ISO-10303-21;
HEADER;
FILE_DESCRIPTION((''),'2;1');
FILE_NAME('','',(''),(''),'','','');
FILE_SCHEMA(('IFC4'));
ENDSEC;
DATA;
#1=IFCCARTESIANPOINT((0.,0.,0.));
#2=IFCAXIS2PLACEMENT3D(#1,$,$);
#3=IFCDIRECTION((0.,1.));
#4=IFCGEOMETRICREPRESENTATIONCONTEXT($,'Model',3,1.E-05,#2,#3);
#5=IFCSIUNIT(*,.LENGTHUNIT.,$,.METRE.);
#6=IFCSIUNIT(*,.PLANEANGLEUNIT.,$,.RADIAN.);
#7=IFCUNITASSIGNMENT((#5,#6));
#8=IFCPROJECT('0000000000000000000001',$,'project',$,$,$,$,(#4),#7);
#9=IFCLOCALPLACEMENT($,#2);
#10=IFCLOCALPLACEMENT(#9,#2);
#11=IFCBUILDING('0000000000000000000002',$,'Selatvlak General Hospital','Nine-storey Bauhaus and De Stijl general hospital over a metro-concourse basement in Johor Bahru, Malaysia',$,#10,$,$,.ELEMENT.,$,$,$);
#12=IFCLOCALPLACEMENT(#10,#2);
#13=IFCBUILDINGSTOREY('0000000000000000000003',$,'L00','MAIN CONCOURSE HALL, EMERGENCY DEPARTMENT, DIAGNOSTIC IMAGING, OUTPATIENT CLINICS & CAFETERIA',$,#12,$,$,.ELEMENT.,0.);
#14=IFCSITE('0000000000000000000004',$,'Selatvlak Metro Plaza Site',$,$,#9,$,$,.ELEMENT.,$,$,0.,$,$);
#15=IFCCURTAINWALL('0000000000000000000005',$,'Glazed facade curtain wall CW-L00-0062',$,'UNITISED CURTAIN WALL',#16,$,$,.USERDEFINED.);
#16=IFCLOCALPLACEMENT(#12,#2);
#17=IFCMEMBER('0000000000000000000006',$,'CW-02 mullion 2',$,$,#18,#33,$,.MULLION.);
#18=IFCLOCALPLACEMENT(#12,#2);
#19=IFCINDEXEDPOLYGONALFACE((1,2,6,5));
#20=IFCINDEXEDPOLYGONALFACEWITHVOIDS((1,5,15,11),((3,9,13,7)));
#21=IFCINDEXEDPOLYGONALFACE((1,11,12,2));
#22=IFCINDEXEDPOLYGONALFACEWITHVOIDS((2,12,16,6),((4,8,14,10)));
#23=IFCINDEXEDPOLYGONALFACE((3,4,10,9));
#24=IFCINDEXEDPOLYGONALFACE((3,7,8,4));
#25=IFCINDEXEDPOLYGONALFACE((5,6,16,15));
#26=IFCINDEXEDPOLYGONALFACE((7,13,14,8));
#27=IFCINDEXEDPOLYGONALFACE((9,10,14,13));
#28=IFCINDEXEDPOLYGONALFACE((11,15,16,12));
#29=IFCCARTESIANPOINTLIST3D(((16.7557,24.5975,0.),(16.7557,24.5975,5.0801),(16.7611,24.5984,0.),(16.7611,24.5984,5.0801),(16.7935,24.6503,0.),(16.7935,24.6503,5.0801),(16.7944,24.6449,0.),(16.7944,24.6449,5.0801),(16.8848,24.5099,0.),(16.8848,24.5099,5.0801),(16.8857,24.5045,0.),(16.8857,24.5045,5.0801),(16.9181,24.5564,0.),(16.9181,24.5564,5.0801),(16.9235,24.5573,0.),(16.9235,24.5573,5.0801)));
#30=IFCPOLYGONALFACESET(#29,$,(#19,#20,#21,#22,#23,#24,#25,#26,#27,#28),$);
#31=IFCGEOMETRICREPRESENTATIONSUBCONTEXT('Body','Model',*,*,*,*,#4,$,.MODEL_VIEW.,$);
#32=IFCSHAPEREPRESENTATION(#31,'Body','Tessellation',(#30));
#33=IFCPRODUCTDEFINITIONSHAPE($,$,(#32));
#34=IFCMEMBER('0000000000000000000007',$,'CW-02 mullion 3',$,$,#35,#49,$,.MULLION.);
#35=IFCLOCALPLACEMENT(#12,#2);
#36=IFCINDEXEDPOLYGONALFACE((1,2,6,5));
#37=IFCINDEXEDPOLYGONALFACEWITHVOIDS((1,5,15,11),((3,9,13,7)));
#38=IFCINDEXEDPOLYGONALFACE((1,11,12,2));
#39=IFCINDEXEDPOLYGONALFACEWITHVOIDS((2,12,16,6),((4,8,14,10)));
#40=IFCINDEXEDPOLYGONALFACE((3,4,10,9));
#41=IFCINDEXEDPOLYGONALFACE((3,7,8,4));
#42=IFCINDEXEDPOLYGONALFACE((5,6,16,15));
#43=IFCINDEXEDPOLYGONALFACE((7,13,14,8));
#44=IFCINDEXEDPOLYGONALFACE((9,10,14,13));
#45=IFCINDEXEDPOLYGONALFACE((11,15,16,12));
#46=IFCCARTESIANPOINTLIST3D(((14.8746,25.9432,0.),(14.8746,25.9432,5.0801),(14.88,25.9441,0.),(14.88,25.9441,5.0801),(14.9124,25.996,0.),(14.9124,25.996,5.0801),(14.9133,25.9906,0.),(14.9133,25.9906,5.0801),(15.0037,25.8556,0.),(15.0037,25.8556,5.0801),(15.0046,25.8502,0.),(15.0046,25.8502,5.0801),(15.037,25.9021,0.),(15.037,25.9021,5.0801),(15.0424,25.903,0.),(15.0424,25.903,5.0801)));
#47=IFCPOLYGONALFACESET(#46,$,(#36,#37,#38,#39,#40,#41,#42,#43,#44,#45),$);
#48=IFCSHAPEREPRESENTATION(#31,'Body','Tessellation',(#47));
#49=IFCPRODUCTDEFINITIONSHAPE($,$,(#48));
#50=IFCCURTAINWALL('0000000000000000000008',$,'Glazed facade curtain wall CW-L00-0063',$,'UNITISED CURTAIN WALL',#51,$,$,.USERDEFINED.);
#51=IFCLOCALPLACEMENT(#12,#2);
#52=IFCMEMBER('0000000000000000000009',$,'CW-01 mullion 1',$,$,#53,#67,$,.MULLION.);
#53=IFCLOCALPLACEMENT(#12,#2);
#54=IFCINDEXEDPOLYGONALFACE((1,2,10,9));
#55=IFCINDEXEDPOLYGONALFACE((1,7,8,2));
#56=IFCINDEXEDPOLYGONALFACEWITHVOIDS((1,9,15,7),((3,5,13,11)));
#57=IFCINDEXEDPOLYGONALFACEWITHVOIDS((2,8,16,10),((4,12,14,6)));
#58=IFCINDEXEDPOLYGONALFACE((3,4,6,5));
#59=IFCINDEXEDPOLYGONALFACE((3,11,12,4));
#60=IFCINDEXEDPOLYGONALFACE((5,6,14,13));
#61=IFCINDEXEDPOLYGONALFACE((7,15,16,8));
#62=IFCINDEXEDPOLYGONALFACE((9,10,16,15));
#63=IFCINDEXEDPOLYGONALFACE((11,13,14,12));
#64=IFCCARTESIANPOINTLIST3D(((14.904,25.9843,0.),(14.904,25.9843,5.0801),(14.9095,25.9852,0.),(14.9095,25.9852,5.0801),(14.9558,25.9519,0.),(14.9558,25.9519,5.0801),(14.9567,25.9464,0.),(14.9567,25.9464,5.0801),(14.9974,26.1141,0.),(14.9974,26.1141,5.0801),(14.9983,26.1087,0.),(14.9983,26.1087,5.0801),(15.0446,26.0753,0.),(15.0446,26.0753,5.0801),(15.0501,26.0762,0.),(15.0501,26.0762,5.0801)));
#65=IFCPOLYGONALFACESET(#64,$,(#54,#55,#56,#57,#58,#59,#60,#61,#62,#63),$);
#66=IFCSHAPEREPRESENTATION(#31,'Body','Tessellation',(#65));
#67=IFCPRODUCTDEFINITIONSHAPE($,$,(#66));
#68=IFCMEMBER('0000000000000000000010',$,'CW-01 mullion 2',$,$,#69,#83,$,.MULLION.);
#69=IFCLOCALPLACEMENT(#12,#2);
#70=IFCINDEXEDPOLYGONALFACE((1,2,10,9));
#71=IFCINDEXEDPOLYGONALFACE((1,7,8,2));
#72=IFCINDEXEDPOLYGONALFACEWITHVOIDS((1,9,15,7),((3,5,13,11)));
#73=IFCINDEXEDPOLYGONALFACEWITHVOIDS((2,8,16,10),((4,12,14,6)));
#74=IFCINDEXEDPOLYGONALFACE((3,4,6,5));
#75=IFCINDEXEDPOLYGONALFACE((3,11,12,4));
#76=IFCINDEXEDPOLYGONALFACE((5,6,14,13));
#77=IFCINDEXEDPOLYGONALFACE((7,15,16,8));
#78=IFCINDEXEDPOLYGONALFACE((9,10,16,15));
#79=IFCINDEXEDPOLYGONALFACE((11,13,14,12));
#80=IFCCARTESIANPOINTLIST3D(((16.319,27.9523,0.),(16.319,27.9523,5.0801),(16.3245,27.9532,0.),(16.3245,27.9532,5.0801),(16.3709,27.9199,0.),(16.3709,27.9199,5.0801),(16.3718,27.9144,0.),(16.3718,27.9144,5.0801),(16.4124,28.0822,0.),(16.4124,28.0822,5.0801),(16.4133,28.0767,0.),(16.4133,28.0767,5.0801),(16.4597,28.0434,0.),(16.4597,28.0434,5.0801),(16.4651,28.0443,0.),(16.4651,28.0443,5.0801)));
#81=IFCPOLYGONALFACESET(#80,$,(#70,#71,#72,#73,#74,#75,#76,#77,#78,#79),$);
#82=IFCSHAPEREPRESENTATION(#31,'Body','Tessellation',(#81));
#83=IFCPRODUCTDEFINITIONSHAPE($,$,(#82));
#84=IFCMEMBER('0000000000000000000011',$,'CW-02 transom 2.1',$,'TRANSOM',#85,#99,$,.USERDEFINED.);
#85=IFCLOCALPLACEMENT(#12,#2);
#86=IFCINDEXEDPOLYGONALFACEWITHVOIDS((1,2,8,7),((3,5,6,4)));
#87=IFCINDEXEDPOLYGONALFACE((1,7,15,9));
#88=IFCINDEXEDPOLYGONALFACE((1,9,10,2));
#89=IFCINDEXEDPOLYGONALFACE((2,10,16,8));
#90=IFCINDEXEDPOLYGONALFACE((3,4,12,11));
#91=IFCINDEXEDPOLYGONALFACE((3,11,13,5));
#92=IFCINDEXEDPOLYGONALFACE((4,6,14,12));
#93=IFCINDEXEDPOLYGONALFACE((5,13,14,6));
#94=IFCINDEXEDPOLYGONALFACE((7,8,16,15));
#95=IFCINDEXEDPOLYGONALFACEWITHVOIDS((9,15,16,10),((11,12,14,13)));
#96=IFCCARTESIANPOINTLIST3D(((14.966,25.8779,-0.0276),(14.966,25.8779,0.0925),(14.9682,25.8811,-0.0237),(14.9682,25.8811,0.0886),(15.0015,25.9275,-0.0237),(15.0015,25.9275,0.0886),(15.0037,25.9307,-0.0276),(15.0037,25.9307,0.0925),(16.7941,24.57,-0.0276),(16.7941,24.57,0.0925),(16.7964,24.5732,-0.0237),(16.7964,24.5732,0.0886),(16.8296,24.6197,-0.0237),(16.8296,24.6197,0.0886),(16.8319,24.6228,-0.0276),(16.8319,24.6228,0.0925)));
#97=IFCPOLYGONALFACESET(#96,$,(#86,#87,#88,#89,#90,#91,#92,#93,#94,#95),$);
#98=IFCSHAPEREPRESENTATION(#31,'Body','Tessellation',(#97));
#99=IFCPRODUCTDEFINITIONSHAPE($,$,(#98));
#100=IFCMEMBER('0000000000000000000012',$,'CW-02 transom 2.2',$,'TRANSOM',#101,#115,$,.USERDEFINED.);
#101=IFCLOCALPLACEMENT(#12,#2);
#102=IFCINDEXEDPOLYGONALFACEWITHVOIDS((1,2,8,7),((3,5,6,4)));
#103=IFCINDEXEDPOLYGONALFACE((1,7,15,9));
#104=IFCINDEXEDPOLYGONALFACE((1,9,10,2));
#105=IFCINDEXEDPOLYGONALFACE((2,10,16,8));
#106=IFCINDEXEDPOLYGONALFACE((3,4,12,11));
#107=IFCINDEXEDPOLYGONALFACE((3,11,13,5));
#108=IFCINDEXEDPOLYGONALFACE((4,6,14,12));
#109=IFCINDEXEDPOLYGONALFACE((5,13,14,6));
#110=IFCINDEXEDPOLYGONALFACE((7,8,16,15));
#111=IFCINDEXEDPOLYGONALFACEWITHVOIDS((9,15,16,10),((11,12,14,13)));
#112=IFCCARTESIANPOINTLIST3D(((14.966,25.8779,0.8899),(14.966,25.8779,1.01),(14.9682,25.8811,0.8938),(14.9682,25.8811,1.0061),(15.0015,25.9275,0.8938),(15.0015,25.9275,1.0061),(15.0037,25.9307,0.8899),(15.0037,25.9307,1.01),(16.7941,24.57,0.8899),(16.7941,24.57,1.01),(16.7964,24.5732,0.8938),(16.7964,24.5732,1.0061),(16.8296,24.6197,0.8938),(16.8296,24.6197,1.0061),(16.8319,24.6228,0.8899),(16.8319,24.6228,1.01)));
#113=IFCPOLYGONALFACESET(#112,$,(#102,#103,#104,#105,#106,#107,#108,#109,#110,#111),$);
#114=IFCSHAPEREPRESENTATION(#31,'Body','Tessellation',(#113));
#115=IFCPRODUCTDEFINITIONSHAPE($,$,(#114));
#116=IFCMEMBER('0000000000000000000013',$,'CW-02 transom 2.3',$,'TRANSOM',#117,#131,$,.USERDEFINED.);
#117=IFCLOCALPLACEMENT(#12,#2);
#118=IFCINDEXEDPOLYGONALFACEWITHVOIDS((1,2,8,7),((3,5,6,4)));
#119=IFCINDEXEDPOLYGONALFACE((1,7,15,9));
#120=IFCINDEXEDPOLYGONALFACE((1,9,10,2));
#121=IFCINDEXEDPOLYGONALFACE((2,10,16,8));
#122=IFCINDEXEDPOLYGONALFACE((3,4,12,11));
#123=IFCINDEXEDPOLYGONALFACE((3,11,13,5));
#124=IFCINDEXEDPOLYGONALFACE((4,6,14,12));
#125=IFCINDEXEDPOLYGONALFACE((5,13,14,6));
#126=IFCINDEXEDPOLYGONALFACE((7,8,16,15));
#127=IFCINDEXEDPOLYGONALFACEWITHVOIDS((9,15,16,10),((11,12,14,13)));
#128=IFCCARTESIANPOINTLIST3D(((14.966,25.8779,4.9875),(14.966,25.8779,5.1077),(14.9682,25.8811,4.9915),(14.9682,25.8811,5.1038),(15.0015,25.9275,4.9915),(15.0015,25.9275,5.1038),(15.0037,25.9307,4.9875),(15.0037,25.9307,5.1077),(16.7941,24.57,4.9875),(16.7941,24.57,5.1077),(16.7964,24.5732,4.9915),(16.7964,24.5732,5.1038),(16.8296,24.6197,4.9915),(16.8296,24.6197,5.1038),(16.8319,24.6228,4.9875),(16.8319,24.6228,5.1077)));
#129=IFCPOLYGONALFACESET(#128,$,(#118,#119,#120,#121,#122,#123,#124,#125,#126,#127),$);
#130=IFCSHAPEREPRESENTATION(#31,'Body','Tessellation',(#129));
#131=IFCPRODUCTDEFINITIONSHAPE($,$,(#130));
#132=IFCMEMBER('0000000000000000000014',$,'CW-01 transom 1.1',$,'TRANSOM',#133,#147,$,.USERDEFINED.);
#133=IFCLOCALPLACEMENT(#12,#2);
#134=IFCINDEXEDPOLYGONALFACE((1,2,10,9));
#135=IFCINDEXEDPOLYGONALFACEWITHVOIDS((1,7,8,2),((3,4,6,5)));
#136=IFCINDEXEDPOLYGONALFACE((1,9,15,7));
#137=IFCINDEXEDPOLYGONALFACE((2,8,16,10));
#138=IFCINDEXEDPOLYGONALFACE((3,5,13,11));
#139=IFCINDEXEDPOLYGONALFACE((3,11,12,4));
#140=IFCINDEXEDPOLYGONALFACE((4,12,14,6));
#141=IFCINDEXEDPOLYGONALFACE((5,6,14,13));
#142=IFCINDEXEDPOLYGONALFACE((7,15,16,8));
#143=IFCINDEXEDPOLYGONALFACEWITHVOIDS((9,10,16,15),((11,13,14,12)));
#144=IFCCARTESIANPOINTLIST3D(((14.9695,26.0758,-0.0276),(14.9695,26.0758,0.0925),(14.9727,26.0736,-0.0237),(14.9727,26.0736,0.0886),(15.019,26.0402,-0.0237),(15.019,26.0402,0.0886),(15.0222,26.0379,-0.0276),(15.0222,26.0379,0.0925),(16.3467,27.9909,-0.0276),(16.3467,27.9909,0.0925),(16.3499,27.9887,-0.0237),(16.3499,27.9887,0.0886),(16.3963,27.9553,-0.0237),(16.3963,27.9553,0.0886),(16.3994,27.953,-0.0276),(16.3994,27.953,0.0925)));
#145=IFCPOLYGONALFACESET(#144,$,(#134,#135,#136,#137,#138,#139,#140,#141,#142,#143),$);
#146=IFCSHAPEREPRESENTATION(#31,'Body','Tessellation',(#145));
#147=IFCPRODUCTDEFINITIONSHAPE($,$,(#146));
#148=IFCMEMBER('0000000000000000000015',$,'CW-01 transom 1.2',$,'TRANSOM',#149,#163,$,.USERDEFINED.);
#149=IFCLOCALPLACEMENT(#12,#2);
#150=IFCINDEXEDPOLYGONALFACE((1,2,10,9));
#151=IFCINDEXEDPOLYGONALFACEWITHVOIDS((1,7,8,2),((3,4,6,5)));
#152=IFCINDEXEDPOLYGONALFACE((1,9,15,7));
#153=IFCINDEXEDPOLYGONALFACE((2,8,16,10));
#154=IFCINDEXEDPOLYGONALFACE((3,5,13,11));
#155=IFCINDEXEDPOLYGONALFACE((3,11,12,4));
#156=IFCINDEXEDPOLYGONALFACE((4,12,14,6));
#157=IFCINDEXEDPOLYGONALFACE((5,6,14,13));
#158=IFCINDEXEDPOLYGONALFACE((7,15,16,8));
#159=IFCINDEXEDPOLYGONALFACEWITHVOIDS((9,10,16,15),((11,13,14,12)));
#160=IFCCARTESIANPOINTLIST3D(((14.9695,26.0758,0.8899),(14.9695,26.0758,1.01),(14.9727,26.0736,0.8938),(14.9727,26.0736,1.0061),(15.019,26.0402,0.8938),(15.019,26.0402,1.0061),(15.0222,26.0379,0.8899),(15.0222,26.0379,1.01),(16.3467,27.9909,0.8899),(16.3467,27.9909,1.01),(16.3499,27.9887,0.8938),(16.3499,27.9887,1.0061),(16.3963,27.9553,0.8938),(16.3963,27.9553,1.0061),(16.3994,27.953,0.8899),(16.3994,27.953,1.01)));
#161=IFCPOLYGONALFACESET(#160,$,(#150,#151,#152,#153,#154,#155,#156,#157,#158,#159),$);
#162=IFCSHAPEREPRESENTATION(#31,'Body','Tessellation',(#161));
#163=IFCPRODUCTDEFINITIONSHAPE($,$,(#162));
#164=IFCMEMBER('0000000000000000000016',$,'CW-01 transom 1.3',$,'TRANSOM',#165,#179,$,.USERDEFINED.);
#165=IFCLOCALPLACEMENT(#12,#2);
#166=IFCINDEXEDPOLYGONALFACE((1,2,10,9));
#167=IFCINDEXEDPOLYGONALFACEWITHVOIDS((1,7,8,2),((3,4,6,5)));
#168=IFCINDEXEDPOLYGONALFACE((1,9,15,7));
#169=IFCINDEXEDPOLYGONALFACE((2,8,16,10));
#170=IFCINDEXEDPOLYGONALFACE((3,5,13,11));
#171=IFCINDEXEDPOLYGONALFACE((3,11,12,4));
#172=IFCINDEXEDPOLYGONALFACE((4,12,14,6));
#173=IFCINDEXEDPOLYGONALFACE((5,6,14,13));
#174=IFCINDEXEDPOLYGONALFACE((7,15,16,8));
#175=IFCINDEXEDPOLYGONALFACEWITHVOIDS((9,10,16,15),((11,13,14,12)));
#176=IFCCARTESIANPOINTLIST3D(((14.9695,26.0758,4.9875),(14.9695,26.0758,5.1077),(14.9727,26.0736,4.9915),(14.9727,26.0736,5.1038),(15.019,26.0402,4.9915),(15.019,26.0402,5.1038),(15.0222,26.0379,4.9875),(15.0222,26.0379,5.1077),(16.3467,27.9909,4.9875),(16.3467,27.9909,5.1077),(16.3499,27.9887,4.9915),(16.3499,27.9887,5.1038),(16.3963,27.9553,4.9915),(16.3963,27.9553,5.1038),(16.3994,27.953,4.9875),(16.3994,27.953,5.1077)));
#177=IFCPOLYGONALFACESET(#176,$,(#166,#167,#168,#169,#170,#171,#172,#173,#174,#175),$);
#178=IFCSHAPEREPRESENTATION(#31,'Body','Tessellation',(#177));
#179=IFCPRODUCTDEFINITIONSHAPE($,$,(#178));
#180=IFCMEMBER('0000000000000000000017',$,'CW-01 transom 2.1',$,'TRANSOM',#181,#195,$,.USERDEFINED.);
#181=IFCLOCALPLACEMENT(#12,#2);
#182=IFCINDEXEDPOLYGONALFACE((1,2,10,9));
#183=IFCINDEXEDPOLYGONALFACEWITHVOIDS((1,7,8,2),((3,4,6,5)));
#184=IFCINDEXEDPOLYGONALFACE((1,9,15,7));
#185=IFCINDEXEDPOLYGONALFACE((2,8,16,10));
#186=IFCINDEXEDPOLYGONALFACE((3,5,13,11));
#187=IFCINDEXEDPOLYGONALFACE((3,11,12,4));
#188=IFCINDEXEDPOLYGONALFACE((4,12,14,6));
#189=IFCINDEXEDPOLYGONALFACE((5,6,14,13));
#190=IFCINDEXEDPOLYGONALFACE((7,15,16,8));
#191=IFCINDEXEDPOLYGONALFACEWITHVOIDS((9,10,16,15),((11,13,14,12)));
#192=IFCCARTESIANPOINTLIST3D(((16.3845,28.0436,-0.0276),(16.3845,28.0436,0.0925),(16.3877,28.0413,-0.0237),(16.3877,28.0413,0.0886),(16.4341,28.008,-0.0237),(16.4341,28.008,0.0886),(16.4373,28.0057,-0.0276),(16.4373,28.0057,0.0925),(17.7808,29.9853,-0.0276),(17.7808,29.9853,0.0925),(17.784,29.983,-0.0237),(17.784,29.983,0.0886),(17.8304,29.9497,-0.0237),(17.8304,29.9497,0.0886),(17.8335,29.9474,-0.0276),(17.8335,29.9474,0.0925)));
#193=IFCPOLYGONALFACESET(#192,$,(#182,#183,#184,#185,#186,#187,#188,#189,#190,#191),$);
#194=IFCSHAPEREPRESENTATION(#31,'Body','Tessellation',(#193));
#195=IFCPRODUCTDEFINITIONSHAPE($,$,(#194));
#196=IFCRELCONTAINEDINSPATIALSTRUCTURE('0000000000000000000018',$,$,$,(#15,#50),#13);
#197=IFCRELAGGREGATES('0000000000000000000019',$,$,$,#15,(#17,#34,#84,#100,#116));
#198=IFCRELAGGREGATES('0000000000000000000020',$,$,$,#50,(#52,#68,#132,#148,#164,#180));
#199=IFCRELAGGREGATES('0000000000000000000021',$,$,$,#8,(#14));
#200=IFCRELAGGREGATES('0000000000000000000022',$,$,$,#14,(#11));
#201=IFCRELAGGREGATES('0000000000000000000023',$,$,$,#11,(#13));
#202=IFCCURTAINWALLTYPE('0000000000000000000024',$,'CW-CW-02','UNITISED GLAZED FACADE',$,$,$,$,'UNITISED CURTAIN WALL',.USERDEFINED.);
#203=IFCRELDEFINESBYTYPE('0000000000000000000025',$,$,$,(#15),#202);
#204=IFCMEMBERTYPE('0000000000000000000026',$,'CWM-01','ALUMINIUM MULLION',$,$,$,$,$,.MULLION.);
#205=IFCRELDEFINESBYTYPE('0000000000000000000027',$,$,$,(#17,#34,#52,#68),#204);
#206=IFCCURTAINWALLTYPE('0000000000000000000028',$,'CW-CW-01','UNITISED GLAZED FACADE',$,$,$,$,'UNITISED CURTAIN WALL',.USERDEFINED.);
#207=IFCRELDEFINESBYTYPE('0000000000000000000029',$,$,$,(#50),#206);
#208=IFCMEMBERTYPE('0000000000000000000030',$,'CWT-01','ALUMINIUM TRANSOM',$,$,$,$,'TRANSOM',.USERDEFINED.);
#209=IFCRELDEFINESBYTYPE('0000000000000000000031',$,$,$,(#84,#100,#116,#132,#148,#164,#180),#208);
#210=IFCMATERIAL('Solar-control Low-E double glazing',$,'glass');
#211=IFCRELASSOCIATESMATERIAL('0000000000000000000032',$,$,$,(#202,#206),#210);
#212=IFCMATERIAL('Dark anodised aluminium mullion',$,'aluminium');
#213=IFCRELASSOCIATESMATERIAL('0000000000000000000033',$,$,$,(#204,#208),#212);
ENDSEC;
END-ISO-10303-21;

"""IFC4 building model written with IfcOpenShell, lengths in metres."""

from ifc_helpers import new_model, si_unit, direction, frame, origin, origin_2d, place, context, subcontext, project, spatial, hollow_rectangle, extrude, material, material_profile, profile_set, type_object, element, aggregate, save


model = new_model("IFC4")

# Units and contexts
model_context = context("Model", 3, precision=1e-05, world=origin(), true_north=direction((0.0, 1.0)))
body_context = subcontext(model_context, "Body", "Model", "MODEL_VIEW")
ifc_project = project(units=[si_unit("LENGTHUNIT", "METRE"), si_unit("PLANEANGLEUNIT", "RADIAN")], contexts=[model_context])

# Site, building, storey
site_placement = place(None, origin())
site = spatial("IfcSite", under=ifc_project, at=site_placement, Name="Selatvlak Metro Plaza Site", CompositionType="ELEMENT", RefElevation=0.0)
building_placement = place(site_placement, origin())
building = spatial("IfcBuilding", under=site, at=building_placement, Name="Selatvlak General Hospital", Description="Nine-storey Bauhaus and De Stijl general hospital over a metro-concourse basement in Johor Bahru, Malaysia", CompositionType="ELEMENT")
storey_placement = place(building_placement, origin())
storey = spatial("IfcBuildingStorey", under=building, at=storey_placement, Name="L00", Description="MAIN CONCOURSE HALL, EMERGENCY DEPARTMENT, DIAGNOSTIC IMAGING, OUTPATIENT CLINICS & CAFETERIA", CompositionType="ELEMENT", Elevation=0.0)

# Curtain walls, members
ifc_material_1 = material(Name="Solar-control Low-E double glazing", Category="glass")
curtain_wall_type_1 = type_object("IfcCurtainWallType", Name="CW-CW-02", Description="UNITISED GLAZED FACADE", ElementType="UNITISED CURTAIN WALL", PredefinedType="USERDEFINED", material=ifc_material_1)
curtain_wall_1_placement = place(storey_placement, origin())
curtain_wall_1 = element("IfcCurtainWall", 1, at=curtain_wall_1_placement, inside=storey, type_object=curtain_wall_type_1, Name="Glazed facade curtain wall CW-L00-0062", ObjectType="UNITISED CURTAIN WALL", PredefinedType="USERDEFINED")
ifc_material_2 = material(Name="Dark anodised aluminium mullion", Category="aluminium")
ifc_material_profile_1 = material_profile(ifc_material_2, hollow_rectangle(XDim=0.0649, YDim=0.1599, WallThickness=0.0039, at=origin_2d()), Name="AL-MUL 65x160x4")
ifc_profile_set_1 = profile_set([ifc_material_profile_1], Name="Dark anodised aluminium mullion")
member_type_1 = type_object("IfcMemberType", Name="CWM-01", Description="ALUMINIUM MULLION", PredefinedType="MULLION", material=ifc_profile_set_1)
member_1_placement = place(storey_placement, frame((16.8396, 24.5774, 0.0), z_axis=(0.0, 0.0, 1.0), x_axis=(-0.581803, -0.81333, 0.0)))
member_1 = element("IfcMember", 2, at=member_1_placement, type_object=member_type_1, Name="CW-02 mullion 2", PredefinedType="MULLION", context=body_context, shape_type="SweptSolid", body=[
    extrude(hollow_rectangle(XDim=0.0649, YDim=0.1599, WallThickness=0.0039, at=origin_2d()), origin(), (0.0, 0.0, 1.0), 5.0801),
])
member_2_placement = place(storey_placement, frame((14.9585, 25.9231, 0.0), z_axis=(0.0, 0.0, 1.0), x_axis=(-0.581803, -0.81333, 0.0)))
member_2 = element("IfcMember", 3, at=member_2_placement, type_object=member_type_1, Name="CW-02 mullion 3", PredefinedType="MULLION", context=body_context, shape_type="SweptSolid", body=[
    extrude(hollow_rectangle(XDim=0.0649, YDim=0.1599, WallThickness=0.0039, at=origin_2d()), origin(), (0.0, 0.0, 1.0), 5.0801),
])
curtain_wall_type_2 = type_object("IfcCurtainWallType", Name="CW-CW-01", Description="UNITISED GLAZED FACADE", ElementType="UNITISED CURTAIN WALL", PredefinedType="USERDEFINED", material=ifc_material_1)
curtain_wall_2_placement = place(storey_placement, origin())
curtain_wall_2 = element("IfcCurtainWall", 4, at=curtain_wall_2_placement, inside=storey, type_object=curtain_wall_type_2, Name="Glazed facade curtain wall CW-L00-0063", ObjectType="UNITISED CURTAIN WALL", PredefinedType="USERDEFINED")
member_3_placement = place(storey_placement, frame((14.9771, 26.0303, 0.0), z_axis=(0.0, 0.0, 1.0), x_axis=(-0.811905, 0.58379, 0.0)))
member_3 = element("IfcMember", 5, at=member_3_placement, type_object=member_type_1, Name="CW-01 mullion 1", PredefinedType="MULLION", context=body_context, shape_type="SweptSolid", body=[
    extrude(hollow_rectangle(XDim=0.0649, YDim=0.1599, WallThickness=0.0039, at=origin_2d()), origin(), (0.0, 0.0, 1.0), 5.0801),
])
member_4_placement = place(storey_placement, frame((16.3921, 27.9983, 0.0), z_axis=(0.0, 0.0, 1.0), x_axis=(-0.811905, 0.58379, 0.0)))
member_4 = element("IfcMember", 6, at=member_4_placement, type_object=member_type_1, Name="CW-01 mullion 2", PredefinedType="MULLION", context=body_context, shape_type="SweptSolid", body=[
    extrude(hollow_rectangle(XDim=0.0649, YDim=0.1599, WallThickness=0.0039, at=origin_2d()), origin(), (0.0, 0.0, 1.0), 5.0801),
])

# Members
ifc_material_profile_2 = material_profile(ifc_material_2, hollow_rectangle(XDim=0.0649, YDim=0.1201, WallThickness=0.0039, at=origin_2d()), Name="AL-TRN 65x120x4")
ifc_profile_set_2 = profile_set([ifc_material_profile_2], Name="Dark anodised aluminium mullion")
member_type_2 = type_object("IfcMemberType", Name="CWT-01", Description="ALUMINIUM TRANSOM", ElementType="TRANSOM", PredefinedType="USERDEFINED", material=ifc_profile_set_2)
member_5_placement = place(storey_placement, frame((16.813, 24.5964, 0.0325), z_axis=(-0.8133, 0.581844, 0.0), x_axis=(-0.581844, -0.8133, 0.0)))
member_5 = element("IfcMember", 7, at=member_5_placement, type_object=member_type_2, Name="CW-02 transom 2.1", ObjectType="TRANSOM", PredefinedType="USERDEFINED", context=body_context, shape_type="SweptSolid", body=[
    extrude(hollow_rectangle(XDim=0.0649, YDim=0.1201, WallThickness=0.0039, at=origin_2d()), origin(), (0.0, 0.0, 1.0), 2.2478),
])
member_6_placement = place(storey_placement, frame((16.813, 24.5964, 0.95), z_axis=(-0.8133, 0.581844, 0.0), x_axis=(-0.581844, -0.8133, 0.0)))
member_6 = element("IfcMember", 8, at=member_6_placement, type_object=member_type_2, Name="CW-02 transom 2.2", ObjectType="TRANSOM", PredefinedType="USERDEFINED", context=body_context, shape_type="SweptSolid", body=[
    extrude(hollow_rectangle(XDim=0.0649, YDim=0.1201, WallThickness=0.0039, at=origin_2d()), origin(), (0.0, 0.0, 1.0), 2.2478),
])
member_7_placement = place(storey_placement, frame((16.813, 24.5964, 5.0476), z_axis=(-0.8133, 0.581844, 0.0), x_axis=(-0.581844, -0.8133, 0.0)))
member_7 = element("IfcMember", 9, at=member_7_placement, type_object=member_type_2, Name="CW-02 transom 2.3", ObjectType="TRANSOM", PredefinedType="USERDEFINED", context=body_context, shape_type="SweptSolid", body=[
    extrude(hollow_rectangle(XDim=0.0649, YDim=0.1201, WallThickness=0.0039, at=origin_2d()), origin(), (0.0, 0.0, 1.0), 2.2478),
])
member_8_placement = place(storey_placement, frame((14.9958, 26.0569, 0.0325), z_axis=(0.583849, 0.811862, 0.0), x_axis=(-0.811862, 0.583849, 0.0)))
member_8 = element("IfcMember", 10, at=member_8_placement, type_object=member_type_2, Name="CW-01 transom 1.1", ObjectType="TRANSOM", PredefinedType="USERDEFINED", context=body_context, shape_type="SweptSolid", body=[
    extrude(hollow_rectangle(XDim=0.0649, YDim=0.1201, WallThickness=0.0039, at=origin_2d()), origin(), (0.0, 0.0, 1.0), 2.3589),
])
member_9_placement = place(storey_placement, frame((14.9958, 26.0569, 0.95), z_axis=(0.583849, 0.811862, 0.0), x_axis=(-0.811862, 0.583849, 0.0)))
member_9 = element("IfcMember", 11, at=member_9_placement, type_object=member_type_2, Name="CW-01 transom 1.2", ObjectType="TRANSOM", PredefinedType="USERDEFINED", context=body_context, shape_type="SweptSolid", body=[
    extrude(hollow_rectangle(XDim=0.0649, YDim=0.1201, WallThickness=0.0039, at=origin_2d()), origin(), (0.0, 0.0, 1.0), 2.3589),
])
member_10_placement = place(storey_placement, frame((14.9958, 26.0569, 5.0476), z_axis=(0.583849, 0.811862, 0.0), x_axis=(-0.811862, 0.583849, 0.0)))
member_10 = element("IfcMember", 12, at=member_10_placement, type_object=member_type_2, Name="CW-01 transom 1.3", ObjectType="TRANSOM", PredefinedType="USERDEFINED", context=body_context, shape_type="SweptSolid", body=[
    extrude(hollow_rectangle(XDim=0.0649, YDim=0.1201, WallThickness=0.0039, at=origin_2d()), origin(), (0.0, 0.0, 1.0), 2.3589),
])
member_11_placement = place(storey_placement, frame((16.4109, 28.0247, 0.0325), z_axis=(0.583823, 0.811881, 0.0), x_axis=(-0.811881, 0.583823, 0.0)))
member_11 = element("IfcMember", 13, at=member_11_placement, type_object=member_type_2, Name="CW-01 transom 2.1", ObjectType="TRANSOM", PredefinedType="USERDEFINED", context=body_context, shape_type="SweptSolid", body=[
    extrude(hollow_rectangle(XDim=0.0649, YDim=0.1201, WallThickness=0.0039, at=origin_2d()), origin(), (0.0, 0.0, 1.0), 2.3916),
])

aggregate(curtain_wall_1, [member_1, member_2, member_5, member_6, member_7])
aggregate(curtain_wall_2, [member_3, member_4, member_8, member_9, member_10, member_11])

save(model, "model.ifc")
